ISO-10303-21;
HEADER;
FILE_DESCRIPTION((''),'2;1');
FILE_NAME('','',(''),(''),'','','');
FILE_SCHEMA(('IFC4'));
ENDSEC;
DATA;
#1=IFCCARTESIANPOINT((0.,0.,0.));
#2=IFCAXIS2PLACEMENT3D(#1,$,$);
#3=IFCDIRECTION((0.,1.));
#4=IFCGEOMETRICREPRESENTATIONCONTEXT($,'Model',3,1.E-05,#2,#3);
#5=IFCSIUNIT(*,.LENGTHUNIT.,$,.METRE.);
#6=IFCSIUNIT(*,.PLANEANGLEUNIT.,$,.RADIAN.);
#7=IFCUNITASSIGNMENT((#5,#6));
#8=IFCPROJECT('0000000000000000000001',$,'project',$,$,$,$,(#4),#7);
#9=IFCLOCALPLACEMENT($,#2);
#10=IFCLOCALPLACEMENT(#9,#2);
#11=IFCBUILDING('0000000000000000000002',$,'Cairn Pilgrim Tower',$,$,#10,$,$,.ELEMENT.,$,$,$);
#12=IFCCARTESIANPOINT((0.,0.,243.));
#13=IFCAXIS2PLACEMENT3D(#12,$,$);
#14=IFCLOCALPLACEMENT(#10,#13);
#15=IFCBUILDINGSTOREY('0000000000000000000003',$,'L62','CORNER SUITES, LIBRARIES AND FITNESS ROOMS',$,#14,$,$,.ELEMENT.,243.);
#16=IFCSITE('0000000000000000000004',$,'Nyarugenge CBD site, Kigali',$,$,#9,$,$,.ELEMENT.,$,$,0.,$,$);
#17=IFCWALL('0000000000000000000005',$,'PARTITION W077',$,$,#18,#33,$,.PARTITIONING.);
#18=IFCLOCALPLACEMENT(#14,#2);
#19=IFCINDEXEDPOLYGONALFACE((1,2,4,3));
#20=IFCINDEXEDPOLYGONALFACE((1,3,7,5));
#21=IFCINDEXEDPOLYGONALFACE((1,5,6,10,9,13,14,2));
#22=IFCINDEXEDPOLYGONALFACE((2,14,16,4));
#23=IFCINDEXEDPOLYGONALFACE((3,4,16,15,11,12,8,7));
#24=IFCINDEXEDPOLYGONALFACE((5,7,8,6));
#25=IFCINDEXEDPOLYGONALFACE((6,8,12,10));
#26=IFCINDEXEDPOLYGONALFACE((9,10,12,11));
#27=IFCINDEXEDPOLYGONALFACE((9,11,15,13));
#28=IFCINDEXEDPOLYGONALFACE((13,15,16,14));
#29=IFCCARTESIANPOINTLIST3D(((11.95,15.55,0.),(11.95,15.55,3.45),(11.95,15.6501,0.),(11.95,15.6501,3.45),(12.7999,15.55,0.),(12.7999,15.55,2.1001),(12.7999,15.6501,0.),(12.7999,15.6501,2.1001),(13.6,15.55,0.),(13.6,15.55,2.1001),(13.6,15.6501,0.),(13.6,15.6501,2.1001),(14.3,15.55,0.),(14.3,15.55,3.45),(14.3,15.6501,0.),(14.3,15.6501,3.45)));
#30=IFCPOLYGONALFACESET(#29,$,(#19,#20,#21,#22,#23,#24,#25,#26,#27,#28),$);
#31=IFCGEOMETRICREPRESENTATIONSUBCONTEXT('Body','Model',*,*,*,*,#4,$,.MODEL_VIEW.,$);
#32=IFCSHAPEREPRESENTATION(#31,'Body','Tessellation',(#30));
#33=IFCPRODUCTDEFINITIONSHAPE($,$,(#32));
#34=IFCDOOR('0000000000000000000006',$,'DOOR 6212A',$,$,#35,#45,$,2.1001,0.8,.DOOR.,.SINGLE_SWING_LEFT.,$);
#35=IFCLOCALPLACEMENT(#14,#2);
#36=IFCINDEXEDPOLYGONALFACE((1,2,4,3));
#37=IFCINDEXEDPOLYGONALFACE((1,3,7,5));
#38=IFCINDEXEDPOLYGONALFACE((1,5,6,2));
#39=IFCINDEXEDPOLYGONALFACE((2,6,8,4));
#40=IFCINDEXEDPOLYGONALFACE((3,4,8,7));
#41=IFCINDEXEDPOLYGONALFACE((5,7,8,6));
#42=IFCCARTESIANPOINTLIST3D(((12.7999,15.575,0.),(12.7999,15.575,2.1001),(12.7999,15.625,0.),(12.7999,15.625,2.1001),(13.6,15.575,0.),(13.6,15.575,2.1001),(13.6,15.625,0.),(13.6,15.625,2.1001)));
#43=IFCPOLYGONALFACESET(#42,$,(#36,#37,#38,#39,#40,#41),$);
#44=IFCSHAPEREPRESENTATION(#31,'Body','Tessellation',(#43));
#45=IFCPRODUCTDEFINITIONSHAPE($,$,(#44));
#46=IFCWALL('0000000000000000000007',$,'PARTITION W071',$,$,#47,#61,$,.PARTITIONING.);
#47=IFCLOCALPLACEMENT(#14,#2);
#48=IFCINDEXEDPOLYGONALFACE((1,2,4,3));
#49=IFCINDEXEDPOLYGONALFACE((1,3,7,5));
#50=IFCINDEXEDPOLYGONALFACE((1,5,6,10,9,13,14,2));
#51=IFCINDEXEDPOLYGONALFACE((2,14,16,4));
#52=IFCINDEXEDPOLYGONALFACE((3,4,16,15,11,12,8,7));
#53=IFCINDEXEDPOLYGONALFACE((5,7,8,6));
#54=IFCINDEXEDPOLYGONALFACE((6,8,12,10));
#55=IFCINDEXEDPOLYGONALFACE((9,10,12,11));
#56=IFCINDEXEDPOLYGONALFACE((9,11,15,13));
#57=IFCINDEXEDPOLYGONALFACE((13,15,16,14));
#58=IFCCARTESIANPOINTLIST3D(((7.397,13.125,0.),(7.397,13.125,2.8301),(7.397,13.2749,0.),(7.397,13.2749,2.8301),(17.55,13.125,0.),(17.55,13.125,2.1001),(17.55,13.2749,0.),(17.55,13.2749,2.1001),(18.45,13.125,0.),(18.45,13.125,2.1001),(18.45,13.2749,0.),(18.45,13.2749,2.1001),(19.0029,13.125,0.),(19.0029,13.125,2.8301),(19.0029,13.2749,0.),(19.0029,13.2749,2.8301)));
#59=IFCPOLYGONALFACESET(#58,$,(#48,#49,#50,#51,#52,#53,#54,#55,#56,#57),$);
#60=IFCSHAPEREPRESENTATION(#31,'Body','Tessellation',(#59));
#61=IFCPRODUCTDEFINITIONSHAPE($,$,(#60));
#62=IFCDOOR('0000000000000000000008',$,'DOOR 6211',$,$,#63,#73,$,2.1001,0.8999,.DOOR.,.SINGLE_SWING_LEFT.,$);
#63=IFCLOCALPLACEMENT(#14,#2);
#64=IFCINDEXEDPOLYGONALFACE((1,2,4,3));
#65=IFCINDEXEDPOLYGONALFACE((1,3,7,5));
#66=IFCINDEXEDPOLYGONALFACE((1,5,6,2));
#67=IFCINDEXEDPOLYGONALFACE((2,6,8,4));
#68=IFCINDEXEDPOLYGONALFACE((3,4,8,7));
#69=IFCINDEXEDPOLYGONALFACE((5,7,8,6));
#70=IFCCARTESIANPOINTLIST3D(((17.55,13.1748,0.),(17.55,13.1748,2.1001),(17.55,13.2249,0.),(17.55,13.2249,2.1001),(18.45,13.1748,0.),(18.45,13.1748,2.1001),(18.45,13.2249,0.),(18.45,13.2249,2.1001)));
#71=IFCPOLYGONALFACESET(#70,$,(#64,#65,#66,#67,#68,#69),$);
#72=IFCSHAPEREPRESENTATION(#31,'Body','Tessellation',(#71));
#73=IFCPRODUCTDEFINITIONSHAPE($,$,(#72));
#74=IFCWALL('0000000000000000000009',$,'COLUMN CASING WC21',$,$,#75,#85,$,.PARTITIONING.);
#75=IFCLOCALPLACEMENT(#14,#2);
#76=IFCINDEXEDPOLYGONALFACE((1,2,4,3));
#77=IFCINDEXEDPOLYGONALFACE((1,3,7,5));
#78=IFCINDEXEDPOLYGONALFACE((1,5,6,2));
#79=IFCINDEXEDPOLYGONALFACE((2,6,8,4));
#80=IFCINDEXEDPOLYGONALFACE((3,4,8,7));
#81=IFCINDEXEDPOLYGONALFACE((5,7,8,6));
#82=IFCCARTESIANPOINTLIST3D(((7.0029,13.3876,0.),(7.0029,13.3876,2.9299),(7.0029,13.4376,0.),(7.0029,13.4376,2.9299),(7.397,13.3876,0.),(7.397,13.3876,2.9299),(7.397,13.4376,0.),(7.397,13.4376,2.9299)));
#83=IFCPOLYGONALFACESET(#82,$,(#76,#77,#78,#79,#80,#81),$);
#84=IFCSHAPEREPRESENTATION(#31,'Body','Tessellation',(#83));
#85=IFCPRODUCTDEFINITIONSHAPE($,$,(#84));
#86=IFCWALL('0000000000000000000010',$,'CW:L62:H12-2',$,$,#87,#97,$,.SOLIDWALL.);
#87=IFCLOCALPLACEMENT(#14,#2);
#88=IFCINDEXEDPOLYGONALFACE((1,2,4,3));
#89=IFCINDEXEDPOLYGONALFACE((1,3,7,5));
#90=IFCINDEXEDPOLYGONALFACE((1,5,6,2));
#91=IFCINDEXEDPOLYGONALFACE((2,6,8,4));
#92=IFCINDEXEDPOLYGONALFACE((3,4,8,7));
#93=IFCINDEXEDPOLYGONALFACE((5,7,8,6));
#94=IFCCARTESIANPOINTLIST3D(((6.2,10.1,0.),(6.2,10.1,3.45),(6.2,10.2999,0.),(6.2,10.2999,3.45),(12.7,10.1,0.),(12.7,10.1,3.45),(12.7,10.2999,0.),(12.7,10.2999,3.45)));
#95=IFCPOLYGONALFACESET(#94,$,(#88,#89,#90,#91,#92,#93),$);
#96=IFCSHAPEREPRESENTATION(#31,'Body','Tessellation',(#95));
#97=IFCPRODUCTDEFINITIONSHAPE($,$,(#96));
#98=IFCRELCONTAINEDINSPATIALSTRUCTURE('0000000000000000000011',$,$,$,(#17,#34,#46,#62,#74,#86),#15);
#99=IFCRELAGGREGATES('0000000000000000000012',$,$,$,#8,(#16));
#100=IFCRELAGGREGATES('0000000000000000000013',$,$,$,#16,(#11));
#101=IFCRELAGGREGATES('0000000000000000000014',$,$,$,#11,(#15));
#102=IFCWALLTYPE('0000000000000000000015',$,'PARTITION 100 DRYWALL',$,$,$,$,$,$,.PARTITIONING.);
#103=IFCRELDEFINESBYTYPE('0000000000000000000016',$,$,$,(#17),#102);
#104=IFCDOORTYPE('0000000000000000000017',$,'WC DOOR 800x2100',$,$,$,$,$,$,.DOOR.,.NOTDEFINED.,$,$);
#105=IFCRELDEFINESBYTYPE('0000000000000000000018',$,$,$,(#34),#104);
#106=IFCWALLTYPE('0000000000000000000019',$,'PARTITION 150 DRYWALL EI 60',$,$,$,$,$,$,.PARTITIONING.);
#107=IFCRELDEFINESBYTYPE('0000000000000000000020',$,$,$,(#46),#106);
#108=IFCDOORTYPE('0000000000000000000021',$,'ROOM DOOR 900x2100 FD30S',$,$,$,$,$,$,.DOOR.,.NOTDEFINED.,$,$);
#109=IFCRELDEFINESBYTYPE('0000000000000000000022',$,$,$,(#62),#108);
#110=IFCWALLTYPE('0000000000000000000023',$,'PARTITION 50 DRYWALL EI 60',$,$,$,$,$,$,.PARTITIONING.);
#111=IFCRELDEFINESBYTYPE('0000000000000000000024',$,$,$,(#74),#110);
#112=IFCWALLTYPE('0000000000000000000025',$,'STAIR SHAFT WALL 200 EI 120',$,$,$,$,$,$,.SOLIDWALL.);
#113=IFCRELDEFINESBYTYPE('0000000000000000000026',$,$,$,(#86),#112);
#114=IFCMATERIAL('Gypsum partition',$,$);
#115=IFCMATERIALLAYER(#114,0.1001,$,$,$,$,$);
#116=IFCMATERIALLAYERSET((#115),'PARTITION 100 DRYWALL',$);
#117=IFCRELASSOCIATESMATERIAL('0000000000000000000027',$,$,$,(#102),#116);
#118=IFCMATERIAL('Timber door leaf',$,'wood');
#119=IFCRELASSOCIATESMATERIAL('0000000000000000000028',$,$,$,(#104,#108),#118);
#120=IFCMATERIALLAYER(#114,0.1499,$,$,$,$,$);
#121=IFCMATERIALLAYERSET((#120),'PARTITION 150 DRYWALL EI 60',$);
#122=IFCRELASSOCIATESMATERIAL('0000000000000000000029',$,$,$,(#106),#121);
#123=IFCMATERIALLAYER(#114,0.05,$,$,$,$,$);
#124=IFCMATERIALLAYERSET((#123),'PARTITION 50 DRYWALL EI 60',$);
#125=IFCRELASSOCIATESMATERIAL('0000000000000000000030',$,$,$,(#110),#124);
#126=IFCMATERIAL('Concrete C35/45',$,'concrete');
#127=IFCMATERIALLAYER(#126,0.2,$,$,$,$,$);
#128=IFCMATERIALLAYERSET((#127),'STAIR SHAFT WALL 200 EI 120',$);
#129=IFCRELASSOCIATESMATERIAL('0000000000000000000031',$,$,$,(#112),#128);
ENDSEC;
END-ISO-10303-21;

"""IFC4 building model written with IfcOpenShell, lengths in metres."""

from ifc_helpers import new_model, si_unit, direction, frame, frame_2d, origin, place, context, subcontext, project, spatial, rectangle, extrude, material, layer, layer_set, type_object, element, fill, save


model = new_model("IFC4")

# Units and contexts
model_context = context("Model", 3, precision=1e-05, world=origin(), true_north=direction((0.0, 1.0)))
body_context = subcontext(model_context, "Body", "Model", "MODEL_VIEW")
ifc_project = project(units=[si_unit("LENGTHUNIT", "METRE"), si_unit("PLANEANGLEUNIT", "RADIAN")], contexts=[model_context])

# Site, building, storey
site_placement = place(None, origin())
site = spatial("IfcSite", under=ifc_project, at=site_placement, Name="Nyarugenge CBD site, Kigali", CompositionType="ELEMENT", RefElevation=0.0)
building_placement = place(site_placement, origin())
building = spatial("IfcBuilding", under=site, at=building_placement, Name="Cairn Pilgrim Tower", CompositionType="ELEMENT")
storey_placement = place(building_placement, frame((0.0, 0.0, 243.0)))
storey = spatial("IfcBuildingStorey", under=building, at=storey_placement, Name="L62", Description="CORNER SUITES, LIBRARIES AND FITNESS ROOMS", CompositionType="ELEMENT", Elevation=243.0)

# Walls, openings, doors
ifc_material_1 = material(Name="Gypsum partition")
ifc_layer_1 = layer(ifc_material_1, 0.1001)
ifc_layer_set_1 = layer_set([ifc_layer_1], Name="PARTITION 100 DRYWALL")
wall_type_1 = type_object("IfcWallType", Name="PARTITION 100 DRYWALL", PredefinedType="PARTITIONING", material=ifc_layer_set_1)
wall_1_placement = place(storey_placement, frame((11.95, 15.6001, 0.0), z_axis=(0.0, 0.0, 1.0), x_axis=(1.0, 0.0, 0.0)))
wall_1 = element("IfcWall", 1, at=wall_1_placement, inside=storey, type_object=wall_type_1, Name="PARTITION W077", PredefinedType="PARTITIONING", context=body_context, shape_type="SweptSolid", body=[
    extrude(rectangle(XDim=2.3501, YDim=0.1001, at=frame_2d((1.175, 0.0))), origin(), (0.0, 0.0, 1.0), 3.45),
])
opening_1_placement = place(wall_1_placement, frame((0.8501, 0.0, 0.0)))
opening_1 = element("IfcOpeningElement", 2, at=opening_1_placement, cuts=wall_1, PredefinedType="OPENING", context=body_context, shape_type="SweptSolid", body=[
    extrude(rectangle(XDim=0.8, YDim=2.1001, at=frame_2d((0.3999, 1.05))), frame((0.0, 0.0601, 0.0), z_axis=(0.0, -1.0, 0.0), x_axis=(1.0, 0.0, 0.0)), (0.0, 0.0, 1.0), 0.1201),
])
ifc_material_2 = material(Name="Timber door leaf", Category="wood")
door_type_1 = type_object("IfcDoorType", Name="WC DOOR 800x2100", OperationType="NOTDEFINED", PredefinedType="DOOR", material=ifc_material_2)
door_1_placement = place(opening_1_placement, origin())
door_1 = element("IfcDoor", 3, at=door_1_placement, inside=storey, type_object=door_type_1, Name="DOOR 6212A", OperationType="SINGLE_SWING_LEFT", OverallHeight=2.1001, OverallWidth=0.8, PredefinedType="DOOR", context=body_context, shape_type="SweptSolid", body=[
    extrude(rectangle(XDim=0.8, YDim=2.1001, at=frame_2d((0.3999, 1.05))), frame((0.0, 0.0249, 0.0), z_axis=(0.0, -1.0, 0.0), x_axis=(1.0, 0.0, 0.0)), (0.0, 0.0, 1.0), 0.05),
])
fill(opening_1, door_1)
ifc_layer_2 = layer(ifc_material_1, 0.1499)
ifc_layer_set_2 = layer_set([ifc_layer_2], Name="PARTITION 150 DRYWALL EI 60")
wall_type_2 = type_object("IfcWallType", Name="PARTITION 150 DRYWALL EI 60", PredefinedType="PARTITIONING", material=ifc_layer_set_2)
wall_2_placement = place(storey_placement, frame((7.397, 13.2, 0.0), z_axis=(0.0, 0.0, 1.0), x_axis=(1.0, 0.0, 0.0)))
wall_2 = element("IfcWall", 4, at=wall_2_placement, inside=storey, type_object=wall_type_2, Name="PARTITION W071", PredefinedType="PARTITIONING", context=body_context, shape_type="SweptSolid", body=[
    extrude(rectangle(XDim=11.606, YDim=0.1499, at=frame_2d((5.803, 0.0))), origin(), (0.0, 0.0, 1.0), 2.8301),
])
opening_2_placement = place(wall_2_placement, frame((10.1531, 0.0, 0.0)))
opening_2 = element("IfcOpeningElement", 5, at=opening_2_placement, cuts=wall_2, PredefinedType="OPENING", context=body_context, shape_type="SweptSolid", body=[
    extrude(rectangle(XDim=0.8999, YDim=2.1001, at=frame_2d((0.45, 1.05))), frame((0.0, 0.085, 0.0), z_axis=(0.0, -1.0, 0.0), x_axis=(1.0, 0.0, 0.0)), (0.0, 0.0, 1.0), 0.1699),
])
door_type_2 = type_object("IfcDoorType", Name="ROOM DOOR 900x2100 FD30S", OperationType="NOTDEFINED", PredefinedType="DOOR", material=ifc_material_2)
door_2_placement = place(opening_2_placement, origin())
door_2 = element("IfcDoor", 6, at=door_2_placement, inside=storey, type_object=door_type_2, Name="DOOR 6211", OperationType="SINGLE_SWING_LEFT", OverallHeight=2.1001, OverallWidth=0.8999, PredefinedType="DOOR", context=body_context, shape_type="SweptSolid", body=[
    extrude(rectangle(XDim=0.8999, YDim=2.1001, at=frame_2d((0.45, 1.05))), frame((0.0, 0.0249, 0.0), z_axis=(0.0, -1.0, 0.0), x_axis=(1.0, 0.0, 0.0)), (0.0, 0.0, 1.0), 0.05),
])
fill(opening_2, door_2)

# Walls
ifc_layer_3 = layer(ifc_material_1, 0.05)
ifc_layer_set_3 = layer_set([ifc_layer_3], Name="PARTITION 50 DRYWALL EI 60")
wall_type_3 = type_object("IfcWallType", Name="PARTITION 50 DRYWALL EI 60", PredefinedType="PARTITIONING", material=ifc_layer_set_3)
wall_3_placement = place(storey_placement, frame((7.0029, 13.4126, 0.0), z_axis=(0.0, 0.0, 1.0), x_axis=(1.0, 0.0, 0.0)))
element("IfcWall", 7, at=wall_3_placement, inside=storey, type_object=wall_type_3, Name="COLUMN CASING WC21", PredefinedType="PARTITIONING", context=body_context, shape_type="SweptSolid", body=[
    extrude(rectangle(XDim=0.394, YDim=0.05, at=frame_2d((0.197, 0.0))), origin(), (0.0, 0.0, 1.0), 2.9299),
])
ifc_material_3 = material(Name="Concrete C35/45", Category="concrete")
ifc_layer_4 = layer(ifc_material_3, 0.2)
ifc_layer_set_4 = layer_set([ifc_layer_4], Name="STAIR SHAFT WALL 200 EI 120")
wall_type_4 = type_object("IfcWallType", Name="STAIR SHAFT WALL 200 EI 120", PredefinedType="SOLIDWALL", material=ifc_layer_set_4)
wall_4_placement = place(storey_placement, frame((6.2, 10.2, 0.0), z_axis=(0.0, 0.0, 1.0), x_axis=(1.0, 0.0, 0.0)))
element("IfcWall", 8, at=wall_4_placement, inside=storey, type_object=wall_type_4, Name="CW:L62:H12-2", PredefinedType="SOLIDWALL", context=body_context, shape_type="SweptSolid", body=[
    extrude(rectangle(XDim=6.5, YDim=0.2, at=frame_2d((3.25, 0.0))), origin(), (0.0, 0.0, 1.0), 3.45),
])

save(model, "model.ifc")
